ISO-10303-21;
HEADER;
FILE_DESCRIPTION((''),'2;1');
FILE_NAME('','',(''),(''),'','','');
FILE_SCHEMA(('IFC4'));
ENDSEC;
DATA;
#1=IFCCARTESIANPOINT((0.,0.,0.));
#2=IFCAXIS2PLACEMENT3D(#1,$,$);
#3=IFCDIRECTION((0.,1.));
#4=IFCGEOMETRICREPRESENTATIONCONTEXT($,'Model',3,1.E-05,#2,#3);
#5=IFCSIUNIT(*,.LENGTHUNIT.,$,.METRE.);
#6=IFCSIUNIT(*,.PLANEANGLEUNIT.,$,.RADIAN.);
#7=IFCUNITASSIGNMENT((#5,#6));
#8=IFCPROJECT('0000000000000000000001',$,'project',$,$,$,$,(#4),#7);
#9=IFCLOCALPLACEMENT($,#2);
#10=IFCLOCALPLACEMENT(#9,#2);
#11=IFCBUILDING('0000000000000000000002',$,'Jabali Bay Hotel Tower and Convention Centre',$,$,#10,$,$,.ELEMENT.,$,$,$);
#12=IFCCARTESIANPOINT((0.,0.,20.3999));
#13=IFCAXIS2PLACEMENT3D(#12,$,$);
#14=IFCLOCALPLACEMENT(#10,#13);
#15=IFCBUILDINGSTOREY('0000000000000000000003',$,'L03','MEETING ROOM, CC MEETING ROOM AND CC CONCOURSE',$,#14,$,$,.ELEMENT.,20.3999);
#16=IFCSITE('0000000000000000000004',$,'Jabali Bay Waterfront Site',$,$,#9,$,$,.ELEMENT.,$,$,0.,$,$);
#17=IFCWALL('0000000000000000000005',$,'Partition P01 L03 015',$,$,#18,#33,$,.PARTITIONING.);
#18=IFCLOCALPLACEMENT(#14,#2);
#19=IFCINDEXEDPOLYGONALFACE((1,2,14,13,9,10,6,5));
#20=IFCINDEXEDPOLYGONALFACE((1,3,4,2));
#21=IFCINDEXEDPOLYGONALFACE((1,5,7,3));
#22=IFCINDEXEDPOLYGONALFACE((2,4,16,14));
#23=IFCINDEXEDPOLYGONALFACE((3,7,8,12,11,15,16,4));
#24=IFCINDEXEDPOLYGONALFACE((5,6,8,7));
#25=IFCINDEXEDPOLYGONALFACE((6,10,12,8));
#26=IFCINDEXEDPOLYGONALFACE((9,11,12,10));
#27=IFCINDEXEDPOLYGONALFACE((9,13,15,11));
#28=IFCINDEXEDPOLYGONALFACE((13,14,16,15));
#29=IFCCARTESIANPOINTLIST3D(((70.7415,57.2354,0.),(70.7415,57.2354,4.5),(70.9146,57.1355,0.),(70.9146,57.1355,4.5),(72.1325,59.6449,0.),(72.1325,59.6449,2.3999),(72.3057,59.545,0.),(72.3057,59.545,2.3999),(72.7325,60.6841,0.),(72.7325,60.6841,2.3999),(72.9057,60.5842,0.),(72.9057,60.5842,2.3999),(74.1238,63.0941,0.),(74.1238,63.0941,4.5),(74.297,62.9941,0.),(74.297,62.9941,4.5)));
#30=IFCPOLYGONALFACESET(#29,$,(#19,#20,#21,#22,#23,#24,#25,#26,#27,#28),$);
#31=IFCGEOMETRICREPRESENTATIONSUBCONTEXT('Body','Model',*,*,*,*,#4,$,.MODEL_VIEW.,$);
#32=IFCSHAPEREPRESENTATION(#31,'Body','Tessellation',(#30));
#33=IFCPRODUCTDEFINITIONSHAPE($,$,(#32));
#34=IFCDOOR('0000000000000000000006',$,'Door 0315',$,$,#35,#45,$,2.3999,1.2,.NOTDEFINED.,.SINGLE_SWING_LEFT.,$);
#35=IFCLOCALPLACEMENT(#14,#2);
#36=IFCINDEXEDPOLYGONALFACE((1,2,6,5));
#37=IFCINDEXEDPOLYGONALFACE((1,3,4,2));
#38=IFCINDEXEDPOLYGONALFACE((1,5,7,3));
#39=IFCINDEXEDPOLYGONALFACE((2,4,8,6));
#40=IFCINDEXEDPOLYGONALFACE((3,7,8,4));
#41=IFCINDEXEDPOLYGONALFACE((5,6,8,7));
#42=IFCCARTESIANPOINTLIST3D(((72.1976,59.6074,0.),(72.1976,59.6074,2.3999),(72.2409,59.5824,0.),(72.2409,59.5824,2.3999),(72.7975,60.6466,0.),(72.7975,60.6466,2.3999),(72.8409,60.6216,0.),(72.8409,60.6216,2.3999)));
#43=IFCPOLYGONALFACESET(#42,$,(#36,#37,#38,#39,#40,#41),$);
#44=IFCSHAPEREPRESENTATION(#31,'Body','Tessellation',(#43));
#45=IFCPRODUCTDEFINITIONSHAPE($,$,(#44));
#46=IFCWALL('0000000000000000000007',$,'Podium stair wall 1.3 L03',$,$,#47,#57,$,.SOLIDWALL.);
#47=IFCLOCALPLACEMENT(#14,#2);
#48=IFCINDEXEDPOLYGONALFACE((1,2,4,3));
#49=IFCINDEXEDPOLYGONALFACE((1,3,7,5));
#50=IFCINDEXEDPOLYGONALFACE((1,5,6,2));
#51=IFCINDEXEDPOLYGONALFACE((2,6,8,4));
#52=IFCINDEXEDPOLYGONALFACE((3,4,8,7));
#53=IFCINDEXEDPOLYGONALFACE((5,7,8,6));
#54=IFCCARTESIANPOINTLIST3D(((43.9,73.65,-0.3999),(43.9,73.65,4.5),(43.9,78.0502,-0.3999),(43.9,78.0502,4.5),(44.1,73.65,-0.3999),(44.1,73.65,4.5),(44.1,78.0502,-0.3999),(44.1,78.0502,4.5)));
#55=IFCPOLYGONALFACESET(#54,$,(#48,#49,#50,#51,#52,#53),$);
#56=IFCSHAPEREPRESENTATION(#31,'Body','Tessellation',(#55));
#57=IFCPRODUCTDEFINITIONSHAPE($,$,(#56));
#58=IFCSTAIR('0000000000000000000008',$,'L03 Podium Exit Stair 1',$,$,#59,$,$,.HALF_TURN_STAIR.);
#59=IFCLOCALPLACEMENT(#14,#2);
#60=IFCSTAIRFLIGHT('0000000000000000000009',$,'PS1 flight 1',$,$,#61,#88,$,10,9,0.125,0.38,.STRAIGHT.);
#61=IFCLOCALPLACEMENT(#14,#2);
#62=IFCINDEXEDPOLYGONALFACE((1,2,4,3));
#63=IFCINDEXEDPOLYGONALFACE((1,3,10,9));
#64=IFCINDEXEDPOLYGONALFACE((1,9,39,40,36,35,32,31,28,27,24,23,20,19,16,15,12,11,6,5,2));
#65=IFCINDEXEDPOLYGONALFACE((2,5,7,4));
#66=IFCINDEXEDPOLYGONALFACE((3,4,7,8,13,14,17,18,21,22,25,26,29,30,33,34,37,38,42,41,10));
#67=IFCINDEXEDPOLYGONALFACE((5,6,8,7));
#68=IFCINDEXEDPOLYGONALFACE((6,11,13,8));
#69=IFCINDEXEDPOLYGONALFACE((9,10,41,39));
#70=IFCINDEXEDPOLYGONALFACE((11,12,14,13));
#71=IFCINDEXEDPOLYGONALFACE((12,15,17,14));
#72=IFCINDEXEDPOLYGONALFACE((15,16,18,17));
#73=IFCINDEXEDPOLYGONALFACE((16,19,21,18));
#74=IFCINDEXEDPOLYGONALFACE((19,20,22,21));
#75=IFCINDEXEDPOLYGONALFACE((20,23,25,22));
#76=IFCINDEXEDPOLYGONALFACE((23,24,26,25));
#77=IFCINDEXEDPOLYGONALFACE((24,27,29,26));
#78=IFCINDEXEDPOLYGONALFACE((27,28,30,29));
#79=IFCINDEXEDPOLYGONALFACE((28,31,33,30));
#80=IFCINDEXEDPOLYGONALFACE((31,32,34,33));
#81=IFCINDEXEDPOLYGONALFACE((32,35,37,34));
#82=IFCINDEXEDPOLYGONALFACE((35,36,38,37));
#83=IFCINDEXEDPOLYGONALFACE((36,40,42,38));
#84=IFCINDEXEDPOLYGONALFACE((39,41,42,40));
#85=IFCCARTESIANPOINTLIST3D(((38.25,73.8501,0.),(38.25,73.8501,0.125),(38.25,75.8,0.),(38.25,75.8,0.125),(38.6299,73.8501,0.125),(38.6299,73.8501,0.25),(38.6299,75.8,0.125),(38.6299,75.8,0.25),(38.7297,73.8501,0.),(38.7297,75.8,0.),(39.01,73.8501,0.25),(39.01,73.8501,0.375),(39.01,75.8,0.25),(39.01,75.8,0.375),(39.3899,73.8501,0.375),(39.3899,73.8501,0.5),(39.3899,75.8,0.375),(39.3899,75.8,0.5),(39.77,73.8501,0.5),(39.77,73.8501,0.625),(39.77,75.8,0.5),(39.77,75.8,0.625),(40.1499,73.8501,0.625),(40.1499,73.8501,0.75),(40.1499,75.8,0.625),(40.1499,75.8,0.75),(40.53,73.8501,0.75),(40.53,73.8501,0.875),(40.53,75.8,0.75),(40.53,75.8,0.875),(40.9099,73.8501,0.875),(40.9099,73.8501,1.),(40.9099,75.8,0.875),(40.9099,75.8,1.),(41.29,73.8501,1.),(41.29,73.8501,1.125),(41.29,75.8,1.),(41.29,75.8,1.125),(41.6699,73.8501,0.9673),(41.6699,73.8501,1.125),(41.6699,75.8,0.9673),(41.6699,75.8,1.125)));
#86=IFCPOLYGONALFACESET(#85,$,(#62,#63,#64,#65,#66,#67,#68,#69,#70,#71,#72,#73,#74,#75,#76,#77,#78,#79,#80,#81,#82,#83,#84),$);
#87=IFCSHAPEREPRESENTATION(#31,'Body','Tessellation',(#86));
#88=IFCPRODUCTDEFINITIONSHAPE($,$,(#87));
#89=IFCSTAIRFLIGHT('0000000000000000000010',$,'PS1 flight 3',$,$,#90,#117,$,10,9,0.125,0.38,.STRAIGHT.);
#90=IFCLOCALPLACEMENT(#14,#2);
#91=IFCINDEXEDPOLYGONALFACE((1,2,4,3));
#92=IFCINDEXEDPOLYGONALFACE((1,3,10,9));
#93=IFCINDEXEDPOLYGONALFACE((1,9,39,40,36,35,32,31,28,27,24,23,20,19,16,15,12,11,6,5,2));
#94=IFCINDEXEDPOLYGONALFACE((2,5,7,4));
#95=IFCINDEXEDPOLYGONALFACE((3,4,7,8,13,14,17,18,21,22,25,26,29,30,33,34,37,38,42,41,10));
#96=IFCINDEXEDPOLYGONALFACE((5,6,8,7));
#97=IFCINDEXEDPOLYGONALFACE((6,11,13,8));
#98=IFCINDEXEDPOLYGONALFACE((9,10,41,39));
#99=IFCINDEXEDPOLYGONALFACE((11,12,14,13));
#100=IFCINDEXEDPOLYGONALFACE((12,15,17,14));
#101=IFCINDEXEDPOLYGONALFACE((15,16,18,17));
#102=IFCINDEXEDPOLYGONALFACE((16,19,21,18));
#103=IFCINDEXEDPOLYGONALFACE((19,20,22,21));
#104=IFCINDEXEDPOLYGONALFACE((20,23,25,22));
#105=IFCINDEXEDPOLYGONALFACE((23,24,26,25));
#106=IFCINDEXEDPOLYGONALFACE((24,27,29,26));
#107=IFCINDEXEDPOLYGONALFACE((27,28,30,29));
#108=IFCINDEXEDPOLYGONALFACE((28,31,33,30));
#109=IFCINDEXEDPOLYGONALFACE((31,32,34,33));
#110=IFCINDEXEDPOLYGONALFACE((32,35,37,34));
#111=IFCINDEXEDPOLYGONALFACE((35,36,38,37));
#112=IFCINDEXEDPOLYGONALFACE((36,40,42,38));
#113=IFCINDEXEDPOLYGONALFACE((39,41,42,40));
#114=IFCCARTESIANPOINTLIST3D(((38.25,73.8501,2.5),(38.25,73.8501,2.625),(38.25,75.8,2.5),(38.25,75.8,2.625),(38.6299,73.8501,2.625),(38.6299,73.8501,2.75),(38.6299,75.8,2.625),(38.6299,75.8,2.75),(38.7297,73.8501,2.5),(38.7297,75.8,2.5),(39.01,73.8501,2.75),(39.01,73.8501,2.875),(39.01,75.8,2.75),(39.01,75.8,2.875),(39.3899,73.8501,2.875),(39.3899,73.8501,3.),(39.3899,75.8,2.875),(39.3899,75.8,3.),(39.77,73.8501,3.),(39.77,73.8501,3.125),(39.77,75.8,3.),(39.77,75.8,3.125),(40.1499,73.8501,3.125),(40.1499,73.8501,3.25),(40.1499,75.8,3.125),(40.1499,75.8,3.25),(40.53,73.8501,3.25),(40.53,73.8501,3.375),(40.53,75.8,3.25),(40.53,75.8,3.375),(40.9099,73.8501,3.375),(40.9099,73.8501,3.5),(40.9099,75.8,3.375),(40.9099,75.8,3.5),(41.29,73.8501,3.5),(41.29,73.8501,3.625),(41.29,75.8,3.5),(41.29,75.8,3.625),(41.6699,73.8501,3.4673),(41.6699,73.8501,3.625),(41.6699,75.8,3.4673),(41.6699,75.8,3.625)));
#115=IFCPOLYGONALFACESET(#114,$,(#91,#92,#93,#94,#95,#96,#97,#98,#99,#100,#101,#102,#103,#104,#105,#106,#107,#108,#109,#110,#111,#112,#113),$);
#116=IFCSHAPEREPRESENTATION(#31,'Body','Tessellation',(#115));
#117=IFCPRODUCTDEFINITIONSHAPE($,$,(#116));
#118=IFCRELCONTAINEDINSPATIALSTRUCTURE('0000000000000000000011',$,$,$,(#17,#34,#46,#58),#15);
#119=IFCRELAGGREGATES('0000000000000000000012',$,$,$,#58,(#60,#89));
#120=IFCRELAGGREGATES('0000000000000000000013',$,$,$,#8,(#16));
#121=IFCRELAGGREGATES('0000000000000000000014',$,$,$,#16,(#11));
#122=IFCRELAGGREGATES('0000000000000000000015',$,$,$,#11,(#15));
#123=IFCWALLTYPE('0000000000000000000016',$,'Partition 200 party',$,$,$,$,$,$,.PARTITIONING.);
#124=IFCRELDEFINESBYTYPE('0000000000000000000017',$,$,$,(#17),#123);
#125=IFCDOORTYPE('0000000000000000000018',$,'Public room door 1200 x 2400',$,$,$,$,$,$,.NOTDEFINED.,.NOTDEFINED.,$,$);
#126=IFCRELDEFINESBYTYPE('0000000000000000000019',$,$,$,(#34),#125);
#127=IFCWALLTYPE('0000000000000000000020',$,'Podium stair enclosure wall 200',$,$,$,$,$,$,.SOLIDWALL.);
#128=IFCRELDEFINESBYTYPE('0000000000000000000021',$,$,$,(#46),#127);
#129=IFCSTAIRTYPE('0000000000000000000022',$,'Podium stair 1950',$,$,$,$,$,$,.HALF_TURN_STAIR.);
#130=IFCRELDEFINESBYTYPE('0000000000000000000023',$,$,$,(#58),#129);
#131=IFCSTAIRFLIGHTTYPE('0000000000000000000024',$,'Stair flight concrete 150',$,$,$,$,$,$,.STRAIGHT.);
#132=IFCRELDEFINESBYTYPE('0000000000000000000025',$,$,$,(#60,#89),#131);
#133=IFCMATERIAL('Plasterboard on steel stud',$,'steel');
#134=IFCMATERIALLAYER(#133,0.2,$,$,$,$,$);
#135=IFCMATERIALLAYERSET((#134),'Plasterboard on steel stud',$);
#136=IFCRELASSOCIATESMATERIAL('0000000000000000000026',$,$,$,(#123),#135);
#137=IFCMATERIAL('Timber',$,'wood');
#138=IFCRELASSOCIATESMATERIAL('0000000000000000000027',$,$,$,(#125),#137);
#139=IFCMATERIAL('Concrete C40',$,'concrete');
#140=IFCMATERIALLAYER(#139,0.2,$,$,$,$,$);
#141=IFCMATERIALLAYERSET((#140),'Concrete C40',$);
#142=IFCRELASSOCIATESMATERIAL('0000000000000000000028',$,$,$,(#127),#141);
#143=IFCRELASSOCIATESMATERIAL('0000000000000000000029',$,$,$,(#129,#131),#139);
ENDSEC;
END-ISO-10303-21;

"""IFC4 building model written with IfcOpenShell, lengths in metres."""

from ifc_helpers import new_model, si_unit, direction, frame, frame_2d, origin, place, context, subcontext, project, spatial, polyline, rectangle, outline, extrude, material, layer, layer_set, type_object, element, fill, aggregate, save


model = new_model("IFC4")

# Units and contexts
model_context = context("Model", 3, precision=1e-05, world=origin(), true_north=direction((0.0, 1.0)))
body_context = subcontext(model_context, "Body", "Model", "MODEL_VIEW")
ifc_project = project(units=[si_unit("LENGTHUNIT", "METRE"), si_unit("PLANEANGLEUNIT", "RADIAN")], contexts=[model_context])

# Site, building, storey
site_placement = place(None, origin())
site = spatial("IfcSite", under=ifc_project, at=site_placement, Name="Jabali Bay Waterfront Site", CompositionType="ELEMENT", RefElevation=0.0)
building_placement = place(site_placement, origin())
building = spatial("IfcBuilding", under=site, at=building_placement, Name="Jabali Bay Hotel Tower and Convention Centre", CompositionType="ELEMENT")
storey_placement = place(building_placement, frame((0.0, 0.0, 20.3999)))
storey = spatial("IfcBuildingStorey", under=building, at=storey_placement, Name="L03", Description="MEETING ROOM, CC MEETING ROOM AND CC CONCOURSE", CompositionType="ELEMENT", Elevation=20.3999)

# Shared definitions
ifc_material_1 = material(Name="Concrete C40", Category="concrete")

# Shared definitions
ifc_material_2 = material(Name="Plasterboard on steel stud", Category="steel")
ifc_layer_1 = layer(ifc_material_2, 0.2)
ifc_layer_set_1 = layer_set([ifc_layer_1], Name="Plasterboard on steel stud")
wall_type_1 = type_object("IfcWallType", Name="Partition 200 party", PredefinedType="PARTITIONING", material=ifc_layer_set_1)

# Shared definitions
ifc_material_3 = material(Name="Timber", Category="wood")
door_type_1 = type_object("IfcDoorType", Name="Public room door 1200 x 2400", OperationType="NOTDEFINED", PredefinedType="NOTDEFINED", material=ifc_material_3)

# Wall, opening, door
wall_1_placement = place(storey_placement, frame((70.8281, 57.1855, 0.0), z_axis=(0.0, 0.0, 1.0), x_axis=(0.499982, 0.866036, 0.0)))
wall_1 = element("IfcWall", 1, at=wall_1_placement, inside=storey, type_object=wall_type_1, Name="Partition P01 L03 015", PredefinedType="PARTITIONING", context=body_context, shape_type="SweptSolid", body=[
    extrude(rectangle(XDim=6.7649, YDim=0.2, at=frame_2d((3.3823, 0.0))), origin(), (0.0, 0.0, 1.0), 4.5),
])
opening_1_placement = place(wall_1_placement, frame((2.782, 0.0, 0.0)))
opening_1 = element("IfcOpeningElement", 2, at=opening_1_placement, cuts=wall_1, PredefinedType="OPENING", context=body_context, shape_type="SweptSolid", body=[
    extrude(rectangle(XDim=1.2, YDim=2.3999, at=frame_2d((0.6001, 1.2))), frame((0.0, 0.1104, 0.0), z_axis=(0.0, -1.0, 0.0), x_axis=(1.0, 0.0, 0.0)), (0.0, 0.0, 1.0), 0.2209),
])
door_1_placement = place(opening_1_placement, origin())
door_1 = element("IfcDoor", 3, at=door_1_placement, inside=storey, type_object=door_type_1, Name="Door 0315", OperationType="SINGLE_SWING_LEFT", OverallHeight=2.3999, OverallWidth=1.2, PredefinedType="NOTDEFINED", context=body_context, shape_type="SweptSolid", body=[
    extrude(rectangle(XDim=1.2, YDim=2.3999, at=frame_2d((0.6001, 1.2))), frame((0.0, 0.0249, 0.0), z_axis=(0.0, -1.0, 0.0), x_axis=(1.0, 0.0, 0.0)), (0.0, 0.0, 1.0), 0.05),
])
fill(opening_1, door_1)

# Wall
ifc_layer_2 = layer(ifc_material_1, 0.2)
ifc_layer_set_2 = layer_set([ifc_layer_2], Name="Concrete C40")
wall_type_2 = type_object("IfcWallType", Name="Podium stair enclosure wall 200", PredefinedType="SOLIDWALL", material=ifc_layer_set_2)
wall_2_placement = place(storey_placement, frame((44.0, 73.6499, -0.3999), z_axis=(0.0, 0.0, 1.0), x_axis=(0.0, 1.0, 0.0)))
element("IfcWall", 4, at=wall_2_placement, inside=storey, type_object=wall_type_2, Name="Podium stair wall 1.3 L03", PredefinedType="SOLIDWALL", context=body_context, shape_type="SweptSolid", body=[
    extrude(rectangle(XDim=4.4001, YDim=0.2, at=frame_2d((2.2002, 0.0))), origin(), (0.0, 0.0, 1.0), 4.8999),
])

# Stair, stair flights
stair_type = type_object("IfcStairType", Name="Podium stair 1950", PredefinedType="HALF_TURN_STAIR", material=ifc_material_1)
stair_placement = place(storey_placement, origin())
stair = element("IfcStair", 5, at=stair_placement, inside=storey, type_object=stair_type, Name="L03 Podium Exit Stair 1", PredefinedType="HALF_TURN_STAIR")
stair_flight_type = type_object("IfcStairFlightType", Name="Stair flight concrete 150", PredefinedType="STRAIGHT", material=ifc_material_1)
stair_flight_1_placement = place(storey_placement, frame((38.25, 74.825, 0.0), z_axis=(0.0, 0.0, 1.0), x_axis=(1.0, 0.0, 0.0)))
stair_flight_1 = element("IfcStairFlight", 6, at=stair_flight_1_placement, type_object=stair_flight_type, Name="PS1 flight 1", NumberOfRisers=10, NumberOfTreads=9, PredefinedType="STRAIGHT", RiserHeight=0.125, TreadLength=0.38, context=body_context, shape_type="SweptSolid", body=[
    extrude(outline(polyline([(0.0, 0.0), (0.0, 0.125), (0.3799, 0.125), (0.3799, 0.25), (0.76, 0.25), (0.76, 0.375), (1.1399, 0.375), (1.1399, 0.5), (1.52, 0.5), (1.52, 0.625), (1.8999, 0.625), (1.8999, 0.75), (2.28, 0.75), (2.28, 0.875), (2.6599, 0.875), (2.6599, 1.0), (3.04, 1.0), (3.04, 1.125), (3.4199, 1.125), (3.4199, 1.25), (3.4199, 0.9673), (0.4797, 0.0), (0.0, 0.0)])), frame((0.0, 0.9751, 0.0), z_axis=(0.0, -1.0, 0.0), x_axis=(1.0, 0.0, 0.0)), (0.0, 0.0, 1.0), 1.95),
])
stair_flight_2_placement = place(storey_placement, frame((38.25, 74.825, 2.5), z_axis=(0.0, 0.0, 1.0), x_axis=(1.0, 0.0, 0.0)))
stair_flight_2 = element("IfcStairFlight", 7, at=stair_flight_2_placement, type_object=stair_flight_type, Name="PS1 flight 3", NumberOfRisers=10, NumberOfTreads=9, PredefinedType="STRAIGHT", RiserHeight=0.125, TreadLength=0.38, context=body_context, shape_type="SweptSolid", body=[
    extrude(outline(polyline([(0.0, 0.0), (0.0, 0.125), (0.3799, 0.125), (0.3799, 0.25), (0.76, 0.25), (0.76, 0.375), (1.1399, 0.375), (1.1399, 0.5), (1.52, 0.5), (1.52, 0.625), (1.8999, 0.625), (1.8999, 0.75), (2.28, 0.75), (2.28, 0.875), (2.6599, 0.875), (2.6599, 1.0), (3.04, 1.0), (3.04, 1.125), (3.4199, 1.125), (3.4199, 1.25), (3.4199, 0.9673), (0.4797, 0.0), (0.0, 0.0)])), frame((0.0, 0.9751, 0.0), z_axis=(0.0, -1.0, 0.0), x_axis=(1.0, 0.0, 0.0)), (0.0, 0.0, 1.0), 1.95),
])
aggregate(stair, [stair_flight_1, stair_flight_2])

save(model, "model.ifc")
